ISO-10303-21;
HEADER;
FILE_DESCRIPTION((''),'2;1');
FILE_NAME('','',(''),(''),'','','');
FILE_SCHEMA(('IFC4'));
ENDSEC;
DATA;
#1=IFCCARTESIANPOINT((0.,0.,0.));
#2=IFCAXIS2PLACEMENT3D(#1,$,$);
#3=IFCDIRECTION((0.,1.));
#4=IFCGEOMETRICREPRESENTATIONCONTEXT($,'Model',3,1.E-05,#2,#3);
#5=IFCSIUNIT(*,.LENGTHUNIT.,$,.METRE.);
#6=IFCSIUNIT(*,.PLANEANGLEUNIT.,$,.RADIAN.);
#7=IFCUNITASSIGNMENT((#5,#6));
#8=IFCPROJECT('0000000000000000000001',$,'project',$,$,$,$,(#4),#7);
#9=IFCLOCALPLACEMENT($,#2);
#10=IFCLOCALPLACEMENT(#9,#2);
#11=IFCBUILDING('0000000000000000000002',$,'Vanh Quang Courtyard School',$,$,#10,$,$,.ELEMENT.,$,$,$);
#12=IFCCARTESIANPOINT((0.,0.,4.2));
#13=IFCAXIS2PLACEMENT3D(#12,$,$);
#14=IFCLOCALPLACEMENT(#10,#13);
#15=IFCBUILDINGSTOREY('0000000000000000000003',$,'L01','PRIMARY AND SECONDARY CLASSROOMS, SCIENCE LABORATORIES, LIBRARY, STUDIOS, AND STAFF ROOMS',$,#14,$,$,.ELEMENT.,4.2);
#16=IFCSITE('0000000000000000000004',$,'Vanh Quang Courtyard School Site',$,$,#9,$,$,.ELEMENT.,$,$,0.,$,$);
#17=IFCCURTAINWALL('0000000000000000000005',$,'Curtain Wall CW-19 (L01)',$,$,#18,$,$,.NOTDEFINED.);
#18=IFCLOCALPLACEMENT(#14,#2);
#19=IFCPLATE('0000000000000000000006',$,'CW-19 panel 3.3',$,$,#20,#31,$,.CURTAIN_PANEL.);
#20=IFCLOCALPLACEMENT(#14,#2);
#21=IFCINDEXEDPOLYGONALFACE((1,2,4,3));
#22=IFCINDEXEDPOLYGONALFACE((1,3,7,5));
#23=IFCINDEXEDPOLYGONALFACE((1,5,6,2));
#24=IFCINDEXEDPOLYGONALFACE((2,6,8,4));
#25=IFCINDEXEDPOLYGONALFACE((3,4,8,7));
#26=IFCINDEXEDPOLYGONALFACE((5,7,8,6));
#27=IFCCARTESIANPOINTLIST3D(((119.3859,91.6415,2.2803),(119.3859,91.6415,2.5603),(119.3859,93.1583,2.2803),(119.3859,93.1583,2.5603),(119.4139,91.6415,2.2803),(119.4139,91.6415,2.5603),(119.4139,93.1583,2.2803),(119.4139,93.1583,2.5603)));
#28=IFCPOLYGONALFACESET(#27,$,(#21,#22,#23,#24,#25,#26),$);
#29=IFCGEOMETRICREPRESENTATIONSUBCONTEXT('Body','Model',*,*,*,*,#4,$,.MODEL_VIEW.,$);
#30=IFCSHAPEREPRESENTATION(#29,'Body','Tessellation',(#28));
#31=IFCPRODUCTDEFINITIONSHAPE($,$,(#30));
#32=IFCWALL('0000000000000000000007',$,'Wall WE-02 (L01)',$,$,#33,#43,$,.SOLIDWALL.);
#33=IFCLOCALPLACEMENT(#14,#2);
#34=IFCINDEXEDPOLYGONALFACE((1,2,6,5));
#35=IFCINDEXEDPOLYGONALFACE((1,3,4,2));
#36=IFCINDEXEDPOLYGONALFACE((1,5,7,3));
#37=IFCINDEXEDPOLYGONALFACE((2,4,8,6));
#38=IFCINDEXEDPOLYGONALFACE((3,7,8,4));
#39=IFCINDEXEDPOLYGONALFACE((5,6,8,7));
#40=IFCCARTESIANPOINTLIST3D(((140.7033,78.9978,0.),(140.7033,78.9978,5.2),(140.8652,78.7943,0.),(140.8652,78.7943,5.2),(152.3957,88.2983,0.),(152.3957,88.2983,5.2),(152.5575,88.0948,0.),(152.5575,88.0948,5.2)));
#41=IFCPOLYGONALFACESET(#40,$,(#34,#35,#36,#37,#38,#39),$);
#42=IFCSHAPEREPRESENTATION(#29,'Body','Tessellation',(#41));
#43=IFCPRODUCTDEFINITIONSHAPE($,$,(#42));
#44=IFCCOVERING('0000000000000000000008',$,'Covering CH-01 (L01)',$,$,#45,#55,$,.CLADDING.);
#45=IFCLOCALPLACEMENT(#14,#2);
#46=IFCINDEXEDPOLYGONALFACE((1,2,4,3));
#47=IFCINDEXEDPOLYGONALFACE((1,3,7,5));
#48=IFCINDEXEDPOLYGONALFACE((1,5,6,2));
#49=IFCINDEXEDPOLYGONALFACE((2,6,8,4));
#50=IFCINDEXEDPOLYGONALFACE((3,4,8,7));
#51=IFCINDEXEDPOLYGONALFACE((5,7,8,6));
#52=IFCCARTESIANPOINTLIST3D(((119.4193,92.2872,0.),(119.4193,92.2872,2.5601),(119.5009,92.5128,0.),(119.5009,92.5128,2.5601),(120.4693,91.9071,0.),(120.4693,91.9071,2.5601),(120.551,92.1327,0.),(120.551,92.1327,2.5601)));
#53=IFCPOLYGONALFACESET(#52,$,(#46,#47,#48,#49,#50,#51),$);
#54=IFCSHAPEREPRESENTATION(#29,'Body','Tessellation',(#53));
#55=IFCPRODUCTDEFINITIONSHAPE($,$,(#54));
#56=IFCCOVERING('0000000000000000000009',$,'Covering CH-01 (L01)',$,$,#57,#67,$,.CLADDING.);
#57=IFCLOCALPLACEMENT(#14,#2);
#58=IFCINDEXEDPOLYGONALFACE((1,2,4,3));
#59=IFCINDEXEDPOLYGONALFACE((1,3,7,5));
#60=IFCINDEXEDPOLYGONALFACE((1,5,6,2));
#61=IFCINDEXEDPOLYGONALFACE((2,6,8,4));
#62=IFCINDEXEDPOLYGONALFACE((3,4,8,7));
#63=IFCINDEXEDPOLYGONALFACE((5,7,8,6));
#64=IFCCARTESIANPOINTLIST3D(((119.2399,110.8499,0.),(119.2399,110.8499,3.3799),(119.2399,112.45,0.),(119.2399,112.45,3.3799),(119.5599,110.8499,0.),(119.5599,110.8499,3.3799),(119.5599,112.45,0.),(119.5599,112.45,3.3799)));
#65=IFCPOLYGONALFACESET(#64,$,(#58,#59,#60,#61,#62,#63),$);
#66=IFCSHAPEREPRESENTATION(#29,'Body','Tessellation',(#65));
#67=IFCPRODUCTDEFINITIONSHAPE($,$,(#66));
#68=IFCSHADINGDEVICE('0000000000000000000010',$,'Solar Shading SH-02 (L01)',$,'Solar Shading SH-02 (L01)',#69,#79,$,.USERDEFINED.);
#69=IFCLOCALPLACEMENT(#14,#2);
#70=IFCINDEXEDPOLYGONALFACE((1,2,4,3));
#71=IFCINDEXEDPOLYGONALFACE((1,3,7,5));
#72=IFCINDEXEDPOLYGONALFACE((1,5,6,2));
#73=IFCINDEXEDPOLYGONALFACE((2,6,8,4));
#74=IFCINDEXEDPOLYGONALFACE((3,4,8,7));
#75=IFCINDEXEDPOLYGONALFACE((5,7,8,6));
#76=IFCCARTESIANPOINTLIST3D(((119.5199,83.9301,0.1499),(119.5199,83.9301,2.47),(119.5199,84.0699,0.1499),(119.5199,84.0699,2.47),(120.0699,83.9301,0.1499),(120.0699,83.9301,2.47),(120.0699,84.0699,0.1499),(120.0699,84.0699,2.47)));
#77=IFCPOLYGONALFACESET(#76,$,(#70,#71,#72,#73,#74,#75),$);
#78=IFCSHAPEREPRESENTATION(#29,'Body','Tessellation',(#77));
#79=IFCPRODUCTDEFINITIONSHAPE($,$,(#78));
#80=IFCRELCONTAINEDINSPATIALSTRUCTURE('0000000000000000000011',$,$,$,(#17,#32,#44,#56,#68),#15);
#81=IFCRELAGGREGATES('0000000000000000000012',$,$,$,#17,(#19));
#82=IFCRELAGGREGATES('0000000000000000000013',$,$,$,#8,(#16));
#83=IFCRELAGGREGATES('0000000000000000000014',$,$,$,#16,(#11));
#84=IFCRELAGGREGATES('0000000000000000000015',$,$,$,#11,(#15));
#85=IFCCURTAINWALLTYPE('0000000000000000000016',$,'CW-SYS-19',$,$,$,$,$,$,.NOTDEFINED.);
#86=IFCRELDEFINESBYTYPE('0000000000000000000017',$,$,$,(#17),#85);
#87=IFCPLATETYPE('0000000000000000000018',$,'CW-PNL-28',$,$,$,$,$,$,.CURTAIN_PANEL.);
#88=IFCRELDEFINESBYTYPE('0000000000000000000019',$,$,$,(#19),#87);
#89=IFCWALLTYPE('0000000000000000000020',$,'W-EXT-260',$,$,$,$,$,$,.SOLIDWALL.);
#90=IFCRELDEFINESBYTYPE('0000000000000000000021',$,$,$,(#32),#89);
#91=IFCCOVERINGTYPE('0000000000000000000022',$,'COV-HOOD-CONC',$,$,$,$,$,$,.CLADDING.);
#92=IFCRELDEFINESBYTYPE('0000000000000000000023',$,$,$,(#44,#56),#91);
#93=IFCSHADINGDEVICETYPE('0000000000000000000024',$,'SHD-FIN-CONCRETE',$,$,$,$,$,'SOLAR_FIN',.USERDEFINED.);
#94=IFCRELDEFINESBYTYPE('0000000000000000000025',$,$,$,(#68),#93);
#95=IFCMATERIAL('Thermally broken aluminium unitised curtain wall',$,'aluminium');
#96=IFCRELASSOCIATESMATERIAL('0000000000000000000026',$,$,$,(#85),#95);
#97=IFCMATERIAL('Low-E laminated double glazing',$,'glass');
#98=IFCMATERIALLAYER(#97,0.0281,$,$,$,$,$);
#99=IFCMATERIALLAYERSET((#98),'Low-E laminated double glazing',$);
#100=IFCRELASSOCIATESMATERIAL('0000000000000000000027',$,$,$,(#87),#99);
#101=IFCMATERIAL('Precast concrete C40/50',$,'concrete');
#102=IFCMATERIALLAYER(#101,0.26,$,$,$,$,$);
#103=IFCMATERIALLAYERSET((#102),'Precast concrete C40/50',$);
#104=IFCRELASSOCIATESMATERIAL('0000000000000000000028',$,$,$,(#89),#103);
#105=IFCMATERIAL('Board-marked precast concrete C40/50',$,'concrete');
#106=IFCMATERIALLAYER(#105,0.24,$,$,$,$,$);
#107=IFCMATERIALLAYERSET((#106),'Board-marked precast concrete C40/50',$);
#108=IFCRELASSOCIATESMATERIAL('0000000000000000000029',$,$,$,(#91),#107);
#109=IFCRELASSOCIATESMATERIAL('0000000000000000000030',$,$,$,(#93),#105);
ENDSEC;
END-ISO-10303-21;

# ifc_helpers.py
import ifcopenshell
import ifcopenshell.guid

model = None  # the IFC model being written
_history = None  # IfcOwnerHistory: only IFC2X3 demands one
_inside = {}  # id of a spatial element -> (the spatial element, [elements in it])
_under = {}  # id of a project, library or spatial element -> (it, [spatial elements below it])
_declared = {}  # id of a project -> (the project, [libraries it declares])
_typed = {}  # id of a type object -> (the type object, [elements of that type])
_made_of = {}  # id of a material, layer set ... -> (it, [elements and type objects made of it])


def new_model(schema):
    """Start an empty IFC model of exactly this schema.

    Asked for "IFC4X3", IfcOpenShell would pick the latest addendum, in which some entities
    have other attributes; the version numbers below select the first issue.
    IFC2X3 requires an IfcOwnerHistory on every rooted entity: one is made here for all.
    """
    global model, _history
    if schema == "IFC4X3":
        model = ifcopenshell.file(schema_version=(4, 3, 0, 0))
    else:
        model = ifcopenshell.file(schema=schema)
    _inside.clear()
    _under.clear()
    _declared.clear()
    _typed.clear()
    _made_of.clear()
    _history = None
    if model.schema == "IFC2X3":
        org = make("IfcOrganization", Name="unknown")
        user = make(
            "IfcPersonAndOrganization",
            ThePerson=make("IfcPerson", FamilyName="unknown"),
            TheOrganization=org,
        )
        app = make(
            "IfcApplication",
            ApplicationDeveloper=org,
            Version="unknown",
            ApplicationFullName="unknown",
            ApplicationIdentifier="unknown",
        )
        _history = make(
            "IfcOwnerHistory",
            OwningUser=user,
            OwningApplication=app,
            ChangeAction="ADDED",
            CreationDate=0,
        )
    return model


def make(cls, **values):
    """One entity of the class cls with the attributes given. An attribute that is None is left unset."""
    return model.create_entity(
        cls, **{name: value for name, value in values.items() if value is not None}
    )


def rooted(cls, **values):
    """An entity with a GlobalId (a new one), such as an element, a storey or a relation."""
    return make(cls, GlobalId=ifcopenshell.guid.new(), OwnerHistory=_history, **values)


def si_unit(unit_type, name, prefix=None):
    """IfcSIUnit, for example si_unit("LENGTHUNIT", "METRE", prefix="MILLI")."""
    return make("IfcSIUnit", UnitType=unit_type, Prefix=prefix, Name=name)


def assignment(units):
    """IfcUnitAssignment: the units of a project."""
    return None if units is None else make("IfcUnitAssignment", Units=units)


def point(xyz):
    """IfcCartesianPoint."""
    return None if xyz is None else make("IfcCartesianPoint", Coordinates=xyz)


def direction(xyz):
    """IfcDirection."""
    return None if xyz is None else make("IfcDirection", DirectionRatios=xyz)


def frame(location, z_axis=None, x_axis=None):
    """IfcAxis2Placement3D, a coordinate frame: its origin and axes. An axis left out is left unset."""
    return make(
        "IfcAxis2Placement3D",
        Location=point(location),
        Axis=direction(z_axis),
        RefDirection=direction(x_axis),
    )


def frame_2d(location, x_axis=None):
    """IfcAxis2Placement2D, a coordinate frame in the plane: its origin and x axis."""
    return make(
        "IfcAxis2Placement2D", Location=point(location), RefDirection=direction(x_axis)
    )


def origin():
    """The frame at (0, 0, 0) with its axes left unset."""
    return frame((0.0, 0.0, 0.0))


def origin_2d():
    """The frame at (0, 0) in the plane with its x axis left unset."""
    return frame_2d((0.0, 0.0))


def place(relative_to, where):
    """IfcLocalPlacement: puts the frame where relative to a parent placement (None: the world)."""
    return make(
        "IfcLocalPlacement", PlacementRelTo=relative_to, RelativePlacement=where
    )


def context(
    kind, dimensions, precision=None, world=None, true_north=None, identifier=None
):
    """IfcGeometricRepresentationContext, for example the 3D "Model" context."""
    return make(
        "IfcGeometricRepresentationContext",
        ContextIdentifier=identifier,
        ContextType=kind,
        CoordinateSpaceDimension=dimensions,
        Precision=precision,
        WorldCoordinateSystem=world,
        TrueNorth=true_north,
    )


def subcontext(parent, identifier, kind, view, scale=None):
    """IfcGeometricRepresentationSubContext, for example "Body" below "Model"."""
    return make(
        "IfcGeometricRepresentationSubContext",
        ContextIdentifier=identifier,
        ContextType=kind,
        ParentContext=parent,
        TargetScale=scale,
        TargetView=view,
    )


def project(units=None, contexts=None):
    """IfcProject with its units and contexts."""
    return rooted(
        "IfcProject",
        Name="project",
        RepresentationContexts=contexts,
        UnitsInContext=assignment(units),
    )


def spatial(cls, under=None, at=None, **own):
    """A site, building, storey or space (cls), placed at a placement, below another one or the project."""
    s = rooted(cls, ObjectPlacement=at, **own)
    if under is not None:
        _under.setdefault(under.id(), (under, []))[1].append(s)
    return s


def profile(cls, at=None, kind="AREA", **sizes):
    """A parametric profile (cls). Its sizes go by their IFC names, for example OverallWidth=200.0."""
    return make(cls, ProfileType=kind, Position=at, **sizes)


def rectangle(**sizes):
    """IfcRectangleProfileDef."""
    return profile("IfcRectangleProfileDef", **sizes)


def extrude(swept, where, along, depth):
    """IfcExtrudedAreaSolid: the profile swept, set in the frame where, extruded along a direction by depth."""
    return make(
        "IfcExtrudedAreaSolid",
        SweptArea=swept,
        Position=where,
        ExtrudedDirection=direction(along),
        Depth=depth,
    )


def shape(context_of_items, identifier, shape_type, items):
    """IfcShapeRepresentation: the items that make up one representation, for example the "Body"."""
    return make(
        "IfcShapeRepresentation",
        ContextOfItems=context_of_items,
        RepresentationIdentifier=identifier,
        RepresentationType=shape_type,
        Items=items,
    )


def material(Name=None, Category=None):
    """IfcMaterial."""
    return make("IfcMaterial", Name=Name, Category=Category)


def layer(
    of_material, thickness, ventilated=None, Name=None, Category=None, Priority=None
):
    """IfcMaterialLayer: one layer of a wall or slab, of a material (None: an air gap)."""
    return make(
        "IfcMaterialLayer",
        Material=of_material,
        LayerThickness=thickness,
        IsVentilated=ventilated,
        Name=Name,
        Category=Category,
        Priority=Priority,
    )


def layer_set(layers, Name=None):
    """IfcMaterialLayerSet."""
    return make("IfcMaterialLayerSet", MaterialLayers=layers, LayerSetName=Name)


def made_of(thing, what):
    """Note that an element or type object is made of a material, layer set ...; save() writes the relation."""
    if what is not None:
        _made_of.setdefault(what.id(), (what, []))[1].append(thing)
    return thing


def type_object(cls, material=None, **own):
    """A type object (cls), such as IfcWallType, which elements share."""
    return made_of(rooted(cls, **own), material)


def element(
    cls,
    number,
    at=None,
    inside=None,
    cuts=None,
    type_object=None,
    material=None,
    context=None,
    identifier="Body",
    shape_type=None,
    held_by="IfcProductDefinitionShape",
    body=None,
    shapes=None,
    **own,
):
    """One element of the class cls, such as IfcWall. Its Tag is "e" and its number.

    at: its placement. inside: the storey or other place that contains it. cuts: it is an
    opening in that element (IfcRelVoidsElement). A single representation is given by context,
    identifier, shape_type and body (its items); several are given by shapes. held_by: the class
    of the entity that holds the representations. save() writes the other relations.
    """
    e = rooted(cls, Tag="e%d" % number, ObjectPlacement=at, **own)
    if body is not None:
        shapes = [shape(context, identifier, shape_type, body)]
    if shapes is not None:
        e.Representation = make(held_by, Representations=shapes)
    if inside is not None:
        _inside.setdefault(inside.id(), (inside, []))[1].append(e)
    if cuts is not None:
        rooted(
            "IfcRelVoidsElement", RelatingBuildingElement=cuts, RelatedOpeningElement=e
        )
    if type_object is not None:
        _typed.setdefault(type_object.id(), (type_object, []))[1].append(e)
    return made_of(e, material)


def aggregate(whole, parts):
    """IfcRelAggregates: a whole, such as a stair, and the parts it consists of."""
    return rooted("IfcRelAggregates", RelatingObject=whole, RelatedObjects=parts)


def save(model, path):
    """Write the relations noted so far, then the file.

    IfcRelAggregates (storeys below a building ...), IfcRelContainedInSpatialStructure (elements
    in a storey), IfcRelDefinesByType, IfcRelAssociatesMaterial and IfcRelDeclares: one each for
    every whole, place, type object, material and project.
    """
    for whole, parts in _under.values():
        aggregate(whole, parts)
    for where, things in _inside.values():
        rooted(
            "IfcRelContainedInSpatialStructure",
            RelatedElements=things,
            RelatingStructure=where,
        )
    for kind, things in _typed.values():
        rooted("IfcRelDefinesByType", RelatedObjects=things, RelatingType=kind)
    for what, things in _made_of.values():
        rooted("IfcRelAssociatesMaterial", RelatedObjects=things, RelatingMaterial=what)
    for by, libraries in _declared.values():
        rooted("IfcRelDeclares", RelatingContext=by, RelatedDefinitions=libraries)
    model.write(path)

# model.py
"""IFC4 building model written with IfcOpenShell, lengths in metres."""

from ifc_helpers import new_model, si_unit, direction, frame, frame_2d, origin, origin_2d, place, context, subcontext, project, spatial, rectangle, extrude, material, layer, layer_set, type_object, element, aggregate, save


model = new_model("IFC4")

# Units and contexts
model_context = context("Model", 3, precision=1e-05, world=origin(), true_north=direction((0.0, 1.0)))
body_context = subcontext(model_context, "Body", "Model", "MODEL_VIEW")
ifc_project = project(units=[si_unit("LENGTHUNIT", "METRE"), si_unit("PLANEANGLEUNIT", "RADIAN")], contexts=[model_context])

# Site, building, storey
site_placement = place(None, origin())
site = spatial("IfcSite", under=ifc_project, at=site_placement, Name="Vanh Quang Courtyard School Site", CompositionType="ELEMENT", RefElevation=0.0)
building_placement = place(site_placement, origin())
building = spatial("IfcBuilding", under=site, at=building_placement, Name="Vanh Quang Courtyard School", CompositionType="ELEMENT")
storey_placement = place(building_placement, frame((0.0, 0.0, 4.2)))
storey = spatial("IfcBuildingStorey", under=building, at=storey_placement, Name="L01", Description="PRIMARY AND SECONDARY CLASSROOMS, SCIENCE LABORATORIES, LIBRARY, STUDIOS, AND STAFF ROOMS", CompositionType="ELEMENT", Elevation=4.2)

# Curtain wall, plate
ifc_material_1 = material(Name="Thermally broken aluminium unitised curtain wall", Category="aluminium")
curtain_wall_type = type_object("IfcCurtainWallType", Name="CW-SYS-19", PredefinedType="NOTDEFINED", material=ifc_material_1)
curtain_wall_placement = place(storey_placement, origin())
curtain_wall = element("IfcCurtainWall", 1, at=curtain_wall_placement, inside=storey, type_object=curtain_wall_type, Name="Curtain Wall CW-19 (L01)", PredefinedType="NOTDEFINED")
ifc_material_2 = material(Name="Low-E laminated double glazing", Category="glass")
ifc_layer_1 = layer(ifc_material_2, 0.0281)
ifc_layer_set_1 = layer_set([ifc_layer_1], Name="Low-E laminated double glazing")
plate_type = type_object("IfcPlateType", Name="CW-PNL-28", PredefinedType="CURTAIN_PANEL", material=ifc_layer_set_1)
plate_1_placement = place(storey_placement, frame((119.3999, 92.3999, 2.2803), z_axis=(0.0, 0.0, 1.0), x_axis=(0.0, -1.0, 0.0)))
plate_1 = element("IfcPlate", 2, at=plate_1_placement, type_object=plate_type, Name="CW-19 panel 3.3", PredefinedType="CURTAIN_PANEL", context=body_context, shape_type="SweptSolid", body=[
    extrude(rectangle(XDim=1.5168, YDim=0.0281, at=origin_2d()), origin(), (0.0, 0.0, 1.0), 0.28),
])
aggregate(curtain_wall, [plate_1])

# Wall
ifc_material_3 = material(Name="Precast concrete C40/50", Category="concrete")
ifc_layer_2 = layer(ifc_material_3, 0.26)
ifc_layer_set_2 = layer_set([ifc_layer_2], Name="Precast concrete C40/50")
wall_type = type_object("IfcWallType", Name="W-EXT-260", PredefinedType="SOLIDWALL", material=ifc_layer_set_2)
wall_placement = place(storey_placement, frame((140.7842, 78.896, 0.0), z_axis=(0.0, 0.0, 1.0), x_axis=(0.782608, 0.622514, 0.0)))
element("IfcWall", 3, at=wall_placement, inside=storey, type_object=wall_type, Name="Wall WE-02 (L01)", PredefinedType="SOLIDWALL", context=body_context, shape_type="SweptSolid", body=[
    extrude(rectangle(XDim=14.9402, YDim=0.26, at=frame_2d((7.4702, 0.0))), origin(), (0.0, 0.0, 1.0), 5.2),
])

# Coverings
ifc_material_4 = material(Name="Board-marked precast concrete C40/50", Category="concrete")
ifc_layer_3 = layer(ifc_material_4, 0.24)
ifc_layer_set_3 = layer_set([ifc_layer_3], Name="Board-marked precast concrete C40/50")
covering_type = type_object("IfcCoveringType", Name="COV-HOOD-CONC", PredefinedType="CLADDING", material=ifc_layer_set_3)
covering_1_placement = place(storey_placement, frame((119.9851, 92.21, 0.0), z_axis=(0.0, 0.0, 1.0), x_axis=(0.940288, -0.34038, 0.0)))
element("IfcCovering", 4, at=covering_1_placement, inside=storey, type_object=covering_type, Name="Covering CH-01 (L01)", PredefinedType="CLADDING", context=body_context, shape_type="SweptSolid", body=[
    extrude(rectangle(XDim=1.1167, YDim=0.24, at=origin_2d()), origin(), (0.0, 0.0, 1.0), 2.5601),
])
covering_2_placement = place(storey_placement, frame((119.3999, 111.6499, 0.0), z_axis=(0.0, 0.0, 1.0), x_axis=(0.0, 1.0, 0.0)))
element("IfcCovering", 5, at=covering_2_placement, inside=storey, type_object=covering_type, Name="Covering CH-01 (L01)", PredefinedType="CLADDING", context=body_context, shape_type="SweptSolid", body=[
    extrude(rectangle(XDim=1.6001, YDim=0.3201, at=origin_2d()), origin(), (0.0, 0.0, 1.0), 3.3799),
])

# Shading device
shading_device_type = type_object("IfcShadingDeviceType", Name="SHD-FIN-CONCRETE", ElementType="SOLAR_FIN", PredefinedType="USERDEFINED", material=ifc_material_4)
shading_device_placement = place(storey_placement, frame((119.7949, 84.0, 0.1499), z_axis=(0.0, 0.0, 1.0), x_axis=(0.0, -1.0, 0.0)))
element("IfcShadingDevice", 6, at=shading_device_placement, inside=storey, type_object=shading_device_type, Name="Solar Shading SH-02 (L01)", ObjectType="Solar Shading SH-02 (L01)", PredefinedType="USERDEFINED", context=body_context, shape_type="SweptSolid", body=[
    extrude(rectangle(XDim=0.1399, YDim=0.55, at=origin_2d()), origin(), (0.0, 0.0, 1.0), 2.3201),
])

save(model, "model.ifc")
